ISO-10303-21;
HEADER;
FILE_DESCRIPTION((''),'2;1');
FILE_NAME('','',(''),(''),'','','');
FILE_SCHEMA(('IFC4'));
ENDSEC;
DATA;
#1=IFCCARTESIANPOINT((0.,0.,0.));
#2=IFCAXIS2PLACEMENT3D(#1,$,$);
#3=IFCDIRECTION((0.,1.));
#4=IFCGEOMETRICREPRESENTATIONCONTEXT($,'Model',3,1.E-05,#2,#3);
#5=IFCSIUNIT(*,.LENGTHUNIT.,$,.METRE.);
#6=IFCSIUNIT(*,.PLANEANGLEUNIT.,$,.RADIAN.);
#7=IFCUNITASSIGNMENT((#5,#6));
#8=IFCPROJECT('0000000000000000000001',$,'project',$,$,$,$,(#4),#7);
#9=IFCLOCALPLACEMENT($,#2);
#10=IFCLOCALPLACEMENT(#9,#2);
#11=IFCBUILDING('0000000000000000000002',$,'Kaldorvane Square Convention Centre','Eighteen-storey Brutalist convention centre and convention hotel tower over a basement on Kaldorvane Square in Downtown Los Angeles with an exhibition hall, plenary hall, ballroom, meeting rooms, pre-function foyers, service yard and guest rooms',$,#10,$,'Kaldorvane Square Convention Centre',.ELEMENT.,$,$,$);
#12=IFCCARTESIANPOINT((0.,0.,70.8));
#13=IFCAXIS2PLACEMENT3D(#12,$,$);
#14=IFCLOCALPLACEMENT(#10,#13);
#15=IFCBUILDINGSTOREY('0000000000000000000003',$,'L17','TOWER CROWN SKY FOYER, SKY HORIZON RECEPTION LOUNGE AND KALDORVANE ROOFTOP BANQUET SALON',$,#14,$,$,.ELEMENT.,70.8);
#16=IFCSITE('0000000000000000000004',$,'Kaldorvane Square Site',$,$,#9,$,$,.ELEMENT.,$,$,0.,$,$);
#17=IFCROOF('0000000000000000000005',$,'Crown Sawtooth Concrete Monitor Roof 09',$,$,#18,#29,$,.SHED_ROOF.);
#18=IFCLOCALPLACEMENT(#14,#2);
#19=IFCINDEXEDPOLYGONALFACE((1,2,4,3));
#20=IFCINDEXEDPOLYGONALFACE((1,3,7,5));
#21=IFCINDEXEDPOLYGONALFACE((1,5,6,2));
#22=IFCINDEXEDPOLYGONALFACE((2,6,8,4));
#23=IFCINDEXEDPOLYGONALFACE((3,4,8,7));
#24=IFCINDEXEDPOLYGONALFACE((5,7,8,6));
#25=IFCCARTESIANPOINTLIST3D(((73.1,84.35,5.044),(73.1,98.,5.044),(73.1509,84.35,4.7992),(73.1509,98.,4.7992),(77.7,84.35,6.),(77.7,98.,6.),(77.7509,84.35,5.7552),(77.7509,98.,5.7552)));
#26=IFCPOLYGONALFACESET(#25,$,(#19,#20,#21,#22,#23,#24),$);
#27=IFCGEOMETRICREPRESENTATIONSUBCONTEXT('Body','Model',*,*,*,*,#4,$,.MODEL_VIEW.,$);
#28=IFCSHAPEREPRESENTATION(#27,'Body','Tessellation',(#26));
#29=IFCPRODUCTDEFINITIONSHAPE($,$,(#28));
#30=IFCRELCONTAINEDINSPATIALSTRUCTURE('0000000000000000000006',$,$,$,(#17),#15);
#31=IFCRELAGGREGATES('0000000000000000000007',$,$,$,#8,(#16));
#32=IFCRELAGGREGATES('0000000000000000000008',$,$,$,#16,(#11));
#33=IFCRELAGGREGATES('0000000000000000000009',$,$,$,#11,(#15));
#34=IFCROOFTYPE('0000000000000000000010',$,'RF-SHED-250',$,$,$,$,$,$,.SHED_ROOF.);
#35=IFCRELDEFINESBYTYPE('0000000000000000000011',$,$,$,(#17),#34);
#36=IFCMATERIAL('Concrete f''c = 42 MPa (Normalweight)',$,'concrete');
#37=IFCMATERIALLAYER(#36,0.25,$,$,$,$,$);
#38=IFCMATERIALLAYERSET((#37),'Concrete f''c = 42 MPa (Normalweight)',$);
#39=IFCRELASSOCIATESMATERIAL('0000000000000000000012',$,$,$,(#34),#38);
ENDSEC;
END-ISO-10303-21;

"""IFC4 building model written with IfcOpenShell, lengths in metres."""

from ifc_helpers import new_model, si_unit, direction, frame, origin, place, context, subcontext, project, spatial, polyline, outline, extrude, material, layer, layer_set, type_object, element, save


model = new_model("IFC4")

# Units and contexts
model_context = context("Model", 3, precision=1e-05, world=origin(), true_north=direction((0.0, 1.0)))
body_context = subcontext(model_context, "Body", "Model", "MODEL_VIEW")
ifc_project = project(units=[si_unit("LENGTHUNIT", "METRE"), si_unit("PLANEANGLEUNIT", "RADIAN")], contexts=[model_context])

# Site, building, storey
site_placement = place(None, origin())
site = spatial("IfcSite", under=ifc_project, at=site_placement, Name="Kaldorvane Square Site", CompositionType="ELEMENT", RefElevation=0.0)
building_placement = place(site_placement, origin())
building = spatial("IfcBuilding", under=site, at=building_placement, Name="Kaldorvane Square Convention Centre", Description="Eighteen-storey Brutalist convention centre and convention hotel tower over a basement on Kaldorvane Square in Downtown Los Angeles with an exhibition hall, plenary hall, ballroom, meeting rooms, pre-function foyers, service yard and guest rooms", LongName="Kaldorvane Square Convention Centre", CompositionType="ELEMENT")
storey_placement = place(building_placement, frame((0.0, 0.0, 70.8)))
storey = spatial("IfcBuildingStorey", under=building, at=storey_placement, Name="L17", Description="TOWER CROWN SKY FOYER, SKY HORIZON RECEPTION LOUNGE AND KALDORVANE ROOFTOP BANQUET SALON", CompositionType="ELEMENT", Elevation=70.8)

# Roof
ifc_material_1 = material(Name="Concrete f'c = 42 MPa (Normalweight)", Category="concrete")
ifc_layer_1 = layer(ifc_material_1, 0.25)
ifc_layer_set_1 = layer_set([ifc_layer_1], Name="Concrete f'c = 42 MPa (Normalweight)")
roof_type = type_object("IfcRoofType", Name="RF-SHED-250", PredefinedType="SHED_ROOF", material=ifc_layer_set_1)
roof_placement = place(storey_placement, frame((73.1, 84.35, 5.044), z_axis=(-0.20348, 0.0, 0.979079), x_axis=(0.979079, 0.0, 0.20348)))
element("IfcRoof", 1, at=roof_placement, inside=storey, type_object=roof_type, Name="Crown Sawtooth Concrete Monitor Roof 09", PredefinedType="SHED_ROOF", context=body_context, shape_type="SweptSolid", body=[
    extrude(outline(polyline([(0.0, 0.0), (4.6983, 0.0), (4.6983, 13.65), (0.0, 13.65), (0.0, 0.0)])), origin(), (0.0, 0.0, -1.0), 0.25),
])

save(model, "model.ifc")
